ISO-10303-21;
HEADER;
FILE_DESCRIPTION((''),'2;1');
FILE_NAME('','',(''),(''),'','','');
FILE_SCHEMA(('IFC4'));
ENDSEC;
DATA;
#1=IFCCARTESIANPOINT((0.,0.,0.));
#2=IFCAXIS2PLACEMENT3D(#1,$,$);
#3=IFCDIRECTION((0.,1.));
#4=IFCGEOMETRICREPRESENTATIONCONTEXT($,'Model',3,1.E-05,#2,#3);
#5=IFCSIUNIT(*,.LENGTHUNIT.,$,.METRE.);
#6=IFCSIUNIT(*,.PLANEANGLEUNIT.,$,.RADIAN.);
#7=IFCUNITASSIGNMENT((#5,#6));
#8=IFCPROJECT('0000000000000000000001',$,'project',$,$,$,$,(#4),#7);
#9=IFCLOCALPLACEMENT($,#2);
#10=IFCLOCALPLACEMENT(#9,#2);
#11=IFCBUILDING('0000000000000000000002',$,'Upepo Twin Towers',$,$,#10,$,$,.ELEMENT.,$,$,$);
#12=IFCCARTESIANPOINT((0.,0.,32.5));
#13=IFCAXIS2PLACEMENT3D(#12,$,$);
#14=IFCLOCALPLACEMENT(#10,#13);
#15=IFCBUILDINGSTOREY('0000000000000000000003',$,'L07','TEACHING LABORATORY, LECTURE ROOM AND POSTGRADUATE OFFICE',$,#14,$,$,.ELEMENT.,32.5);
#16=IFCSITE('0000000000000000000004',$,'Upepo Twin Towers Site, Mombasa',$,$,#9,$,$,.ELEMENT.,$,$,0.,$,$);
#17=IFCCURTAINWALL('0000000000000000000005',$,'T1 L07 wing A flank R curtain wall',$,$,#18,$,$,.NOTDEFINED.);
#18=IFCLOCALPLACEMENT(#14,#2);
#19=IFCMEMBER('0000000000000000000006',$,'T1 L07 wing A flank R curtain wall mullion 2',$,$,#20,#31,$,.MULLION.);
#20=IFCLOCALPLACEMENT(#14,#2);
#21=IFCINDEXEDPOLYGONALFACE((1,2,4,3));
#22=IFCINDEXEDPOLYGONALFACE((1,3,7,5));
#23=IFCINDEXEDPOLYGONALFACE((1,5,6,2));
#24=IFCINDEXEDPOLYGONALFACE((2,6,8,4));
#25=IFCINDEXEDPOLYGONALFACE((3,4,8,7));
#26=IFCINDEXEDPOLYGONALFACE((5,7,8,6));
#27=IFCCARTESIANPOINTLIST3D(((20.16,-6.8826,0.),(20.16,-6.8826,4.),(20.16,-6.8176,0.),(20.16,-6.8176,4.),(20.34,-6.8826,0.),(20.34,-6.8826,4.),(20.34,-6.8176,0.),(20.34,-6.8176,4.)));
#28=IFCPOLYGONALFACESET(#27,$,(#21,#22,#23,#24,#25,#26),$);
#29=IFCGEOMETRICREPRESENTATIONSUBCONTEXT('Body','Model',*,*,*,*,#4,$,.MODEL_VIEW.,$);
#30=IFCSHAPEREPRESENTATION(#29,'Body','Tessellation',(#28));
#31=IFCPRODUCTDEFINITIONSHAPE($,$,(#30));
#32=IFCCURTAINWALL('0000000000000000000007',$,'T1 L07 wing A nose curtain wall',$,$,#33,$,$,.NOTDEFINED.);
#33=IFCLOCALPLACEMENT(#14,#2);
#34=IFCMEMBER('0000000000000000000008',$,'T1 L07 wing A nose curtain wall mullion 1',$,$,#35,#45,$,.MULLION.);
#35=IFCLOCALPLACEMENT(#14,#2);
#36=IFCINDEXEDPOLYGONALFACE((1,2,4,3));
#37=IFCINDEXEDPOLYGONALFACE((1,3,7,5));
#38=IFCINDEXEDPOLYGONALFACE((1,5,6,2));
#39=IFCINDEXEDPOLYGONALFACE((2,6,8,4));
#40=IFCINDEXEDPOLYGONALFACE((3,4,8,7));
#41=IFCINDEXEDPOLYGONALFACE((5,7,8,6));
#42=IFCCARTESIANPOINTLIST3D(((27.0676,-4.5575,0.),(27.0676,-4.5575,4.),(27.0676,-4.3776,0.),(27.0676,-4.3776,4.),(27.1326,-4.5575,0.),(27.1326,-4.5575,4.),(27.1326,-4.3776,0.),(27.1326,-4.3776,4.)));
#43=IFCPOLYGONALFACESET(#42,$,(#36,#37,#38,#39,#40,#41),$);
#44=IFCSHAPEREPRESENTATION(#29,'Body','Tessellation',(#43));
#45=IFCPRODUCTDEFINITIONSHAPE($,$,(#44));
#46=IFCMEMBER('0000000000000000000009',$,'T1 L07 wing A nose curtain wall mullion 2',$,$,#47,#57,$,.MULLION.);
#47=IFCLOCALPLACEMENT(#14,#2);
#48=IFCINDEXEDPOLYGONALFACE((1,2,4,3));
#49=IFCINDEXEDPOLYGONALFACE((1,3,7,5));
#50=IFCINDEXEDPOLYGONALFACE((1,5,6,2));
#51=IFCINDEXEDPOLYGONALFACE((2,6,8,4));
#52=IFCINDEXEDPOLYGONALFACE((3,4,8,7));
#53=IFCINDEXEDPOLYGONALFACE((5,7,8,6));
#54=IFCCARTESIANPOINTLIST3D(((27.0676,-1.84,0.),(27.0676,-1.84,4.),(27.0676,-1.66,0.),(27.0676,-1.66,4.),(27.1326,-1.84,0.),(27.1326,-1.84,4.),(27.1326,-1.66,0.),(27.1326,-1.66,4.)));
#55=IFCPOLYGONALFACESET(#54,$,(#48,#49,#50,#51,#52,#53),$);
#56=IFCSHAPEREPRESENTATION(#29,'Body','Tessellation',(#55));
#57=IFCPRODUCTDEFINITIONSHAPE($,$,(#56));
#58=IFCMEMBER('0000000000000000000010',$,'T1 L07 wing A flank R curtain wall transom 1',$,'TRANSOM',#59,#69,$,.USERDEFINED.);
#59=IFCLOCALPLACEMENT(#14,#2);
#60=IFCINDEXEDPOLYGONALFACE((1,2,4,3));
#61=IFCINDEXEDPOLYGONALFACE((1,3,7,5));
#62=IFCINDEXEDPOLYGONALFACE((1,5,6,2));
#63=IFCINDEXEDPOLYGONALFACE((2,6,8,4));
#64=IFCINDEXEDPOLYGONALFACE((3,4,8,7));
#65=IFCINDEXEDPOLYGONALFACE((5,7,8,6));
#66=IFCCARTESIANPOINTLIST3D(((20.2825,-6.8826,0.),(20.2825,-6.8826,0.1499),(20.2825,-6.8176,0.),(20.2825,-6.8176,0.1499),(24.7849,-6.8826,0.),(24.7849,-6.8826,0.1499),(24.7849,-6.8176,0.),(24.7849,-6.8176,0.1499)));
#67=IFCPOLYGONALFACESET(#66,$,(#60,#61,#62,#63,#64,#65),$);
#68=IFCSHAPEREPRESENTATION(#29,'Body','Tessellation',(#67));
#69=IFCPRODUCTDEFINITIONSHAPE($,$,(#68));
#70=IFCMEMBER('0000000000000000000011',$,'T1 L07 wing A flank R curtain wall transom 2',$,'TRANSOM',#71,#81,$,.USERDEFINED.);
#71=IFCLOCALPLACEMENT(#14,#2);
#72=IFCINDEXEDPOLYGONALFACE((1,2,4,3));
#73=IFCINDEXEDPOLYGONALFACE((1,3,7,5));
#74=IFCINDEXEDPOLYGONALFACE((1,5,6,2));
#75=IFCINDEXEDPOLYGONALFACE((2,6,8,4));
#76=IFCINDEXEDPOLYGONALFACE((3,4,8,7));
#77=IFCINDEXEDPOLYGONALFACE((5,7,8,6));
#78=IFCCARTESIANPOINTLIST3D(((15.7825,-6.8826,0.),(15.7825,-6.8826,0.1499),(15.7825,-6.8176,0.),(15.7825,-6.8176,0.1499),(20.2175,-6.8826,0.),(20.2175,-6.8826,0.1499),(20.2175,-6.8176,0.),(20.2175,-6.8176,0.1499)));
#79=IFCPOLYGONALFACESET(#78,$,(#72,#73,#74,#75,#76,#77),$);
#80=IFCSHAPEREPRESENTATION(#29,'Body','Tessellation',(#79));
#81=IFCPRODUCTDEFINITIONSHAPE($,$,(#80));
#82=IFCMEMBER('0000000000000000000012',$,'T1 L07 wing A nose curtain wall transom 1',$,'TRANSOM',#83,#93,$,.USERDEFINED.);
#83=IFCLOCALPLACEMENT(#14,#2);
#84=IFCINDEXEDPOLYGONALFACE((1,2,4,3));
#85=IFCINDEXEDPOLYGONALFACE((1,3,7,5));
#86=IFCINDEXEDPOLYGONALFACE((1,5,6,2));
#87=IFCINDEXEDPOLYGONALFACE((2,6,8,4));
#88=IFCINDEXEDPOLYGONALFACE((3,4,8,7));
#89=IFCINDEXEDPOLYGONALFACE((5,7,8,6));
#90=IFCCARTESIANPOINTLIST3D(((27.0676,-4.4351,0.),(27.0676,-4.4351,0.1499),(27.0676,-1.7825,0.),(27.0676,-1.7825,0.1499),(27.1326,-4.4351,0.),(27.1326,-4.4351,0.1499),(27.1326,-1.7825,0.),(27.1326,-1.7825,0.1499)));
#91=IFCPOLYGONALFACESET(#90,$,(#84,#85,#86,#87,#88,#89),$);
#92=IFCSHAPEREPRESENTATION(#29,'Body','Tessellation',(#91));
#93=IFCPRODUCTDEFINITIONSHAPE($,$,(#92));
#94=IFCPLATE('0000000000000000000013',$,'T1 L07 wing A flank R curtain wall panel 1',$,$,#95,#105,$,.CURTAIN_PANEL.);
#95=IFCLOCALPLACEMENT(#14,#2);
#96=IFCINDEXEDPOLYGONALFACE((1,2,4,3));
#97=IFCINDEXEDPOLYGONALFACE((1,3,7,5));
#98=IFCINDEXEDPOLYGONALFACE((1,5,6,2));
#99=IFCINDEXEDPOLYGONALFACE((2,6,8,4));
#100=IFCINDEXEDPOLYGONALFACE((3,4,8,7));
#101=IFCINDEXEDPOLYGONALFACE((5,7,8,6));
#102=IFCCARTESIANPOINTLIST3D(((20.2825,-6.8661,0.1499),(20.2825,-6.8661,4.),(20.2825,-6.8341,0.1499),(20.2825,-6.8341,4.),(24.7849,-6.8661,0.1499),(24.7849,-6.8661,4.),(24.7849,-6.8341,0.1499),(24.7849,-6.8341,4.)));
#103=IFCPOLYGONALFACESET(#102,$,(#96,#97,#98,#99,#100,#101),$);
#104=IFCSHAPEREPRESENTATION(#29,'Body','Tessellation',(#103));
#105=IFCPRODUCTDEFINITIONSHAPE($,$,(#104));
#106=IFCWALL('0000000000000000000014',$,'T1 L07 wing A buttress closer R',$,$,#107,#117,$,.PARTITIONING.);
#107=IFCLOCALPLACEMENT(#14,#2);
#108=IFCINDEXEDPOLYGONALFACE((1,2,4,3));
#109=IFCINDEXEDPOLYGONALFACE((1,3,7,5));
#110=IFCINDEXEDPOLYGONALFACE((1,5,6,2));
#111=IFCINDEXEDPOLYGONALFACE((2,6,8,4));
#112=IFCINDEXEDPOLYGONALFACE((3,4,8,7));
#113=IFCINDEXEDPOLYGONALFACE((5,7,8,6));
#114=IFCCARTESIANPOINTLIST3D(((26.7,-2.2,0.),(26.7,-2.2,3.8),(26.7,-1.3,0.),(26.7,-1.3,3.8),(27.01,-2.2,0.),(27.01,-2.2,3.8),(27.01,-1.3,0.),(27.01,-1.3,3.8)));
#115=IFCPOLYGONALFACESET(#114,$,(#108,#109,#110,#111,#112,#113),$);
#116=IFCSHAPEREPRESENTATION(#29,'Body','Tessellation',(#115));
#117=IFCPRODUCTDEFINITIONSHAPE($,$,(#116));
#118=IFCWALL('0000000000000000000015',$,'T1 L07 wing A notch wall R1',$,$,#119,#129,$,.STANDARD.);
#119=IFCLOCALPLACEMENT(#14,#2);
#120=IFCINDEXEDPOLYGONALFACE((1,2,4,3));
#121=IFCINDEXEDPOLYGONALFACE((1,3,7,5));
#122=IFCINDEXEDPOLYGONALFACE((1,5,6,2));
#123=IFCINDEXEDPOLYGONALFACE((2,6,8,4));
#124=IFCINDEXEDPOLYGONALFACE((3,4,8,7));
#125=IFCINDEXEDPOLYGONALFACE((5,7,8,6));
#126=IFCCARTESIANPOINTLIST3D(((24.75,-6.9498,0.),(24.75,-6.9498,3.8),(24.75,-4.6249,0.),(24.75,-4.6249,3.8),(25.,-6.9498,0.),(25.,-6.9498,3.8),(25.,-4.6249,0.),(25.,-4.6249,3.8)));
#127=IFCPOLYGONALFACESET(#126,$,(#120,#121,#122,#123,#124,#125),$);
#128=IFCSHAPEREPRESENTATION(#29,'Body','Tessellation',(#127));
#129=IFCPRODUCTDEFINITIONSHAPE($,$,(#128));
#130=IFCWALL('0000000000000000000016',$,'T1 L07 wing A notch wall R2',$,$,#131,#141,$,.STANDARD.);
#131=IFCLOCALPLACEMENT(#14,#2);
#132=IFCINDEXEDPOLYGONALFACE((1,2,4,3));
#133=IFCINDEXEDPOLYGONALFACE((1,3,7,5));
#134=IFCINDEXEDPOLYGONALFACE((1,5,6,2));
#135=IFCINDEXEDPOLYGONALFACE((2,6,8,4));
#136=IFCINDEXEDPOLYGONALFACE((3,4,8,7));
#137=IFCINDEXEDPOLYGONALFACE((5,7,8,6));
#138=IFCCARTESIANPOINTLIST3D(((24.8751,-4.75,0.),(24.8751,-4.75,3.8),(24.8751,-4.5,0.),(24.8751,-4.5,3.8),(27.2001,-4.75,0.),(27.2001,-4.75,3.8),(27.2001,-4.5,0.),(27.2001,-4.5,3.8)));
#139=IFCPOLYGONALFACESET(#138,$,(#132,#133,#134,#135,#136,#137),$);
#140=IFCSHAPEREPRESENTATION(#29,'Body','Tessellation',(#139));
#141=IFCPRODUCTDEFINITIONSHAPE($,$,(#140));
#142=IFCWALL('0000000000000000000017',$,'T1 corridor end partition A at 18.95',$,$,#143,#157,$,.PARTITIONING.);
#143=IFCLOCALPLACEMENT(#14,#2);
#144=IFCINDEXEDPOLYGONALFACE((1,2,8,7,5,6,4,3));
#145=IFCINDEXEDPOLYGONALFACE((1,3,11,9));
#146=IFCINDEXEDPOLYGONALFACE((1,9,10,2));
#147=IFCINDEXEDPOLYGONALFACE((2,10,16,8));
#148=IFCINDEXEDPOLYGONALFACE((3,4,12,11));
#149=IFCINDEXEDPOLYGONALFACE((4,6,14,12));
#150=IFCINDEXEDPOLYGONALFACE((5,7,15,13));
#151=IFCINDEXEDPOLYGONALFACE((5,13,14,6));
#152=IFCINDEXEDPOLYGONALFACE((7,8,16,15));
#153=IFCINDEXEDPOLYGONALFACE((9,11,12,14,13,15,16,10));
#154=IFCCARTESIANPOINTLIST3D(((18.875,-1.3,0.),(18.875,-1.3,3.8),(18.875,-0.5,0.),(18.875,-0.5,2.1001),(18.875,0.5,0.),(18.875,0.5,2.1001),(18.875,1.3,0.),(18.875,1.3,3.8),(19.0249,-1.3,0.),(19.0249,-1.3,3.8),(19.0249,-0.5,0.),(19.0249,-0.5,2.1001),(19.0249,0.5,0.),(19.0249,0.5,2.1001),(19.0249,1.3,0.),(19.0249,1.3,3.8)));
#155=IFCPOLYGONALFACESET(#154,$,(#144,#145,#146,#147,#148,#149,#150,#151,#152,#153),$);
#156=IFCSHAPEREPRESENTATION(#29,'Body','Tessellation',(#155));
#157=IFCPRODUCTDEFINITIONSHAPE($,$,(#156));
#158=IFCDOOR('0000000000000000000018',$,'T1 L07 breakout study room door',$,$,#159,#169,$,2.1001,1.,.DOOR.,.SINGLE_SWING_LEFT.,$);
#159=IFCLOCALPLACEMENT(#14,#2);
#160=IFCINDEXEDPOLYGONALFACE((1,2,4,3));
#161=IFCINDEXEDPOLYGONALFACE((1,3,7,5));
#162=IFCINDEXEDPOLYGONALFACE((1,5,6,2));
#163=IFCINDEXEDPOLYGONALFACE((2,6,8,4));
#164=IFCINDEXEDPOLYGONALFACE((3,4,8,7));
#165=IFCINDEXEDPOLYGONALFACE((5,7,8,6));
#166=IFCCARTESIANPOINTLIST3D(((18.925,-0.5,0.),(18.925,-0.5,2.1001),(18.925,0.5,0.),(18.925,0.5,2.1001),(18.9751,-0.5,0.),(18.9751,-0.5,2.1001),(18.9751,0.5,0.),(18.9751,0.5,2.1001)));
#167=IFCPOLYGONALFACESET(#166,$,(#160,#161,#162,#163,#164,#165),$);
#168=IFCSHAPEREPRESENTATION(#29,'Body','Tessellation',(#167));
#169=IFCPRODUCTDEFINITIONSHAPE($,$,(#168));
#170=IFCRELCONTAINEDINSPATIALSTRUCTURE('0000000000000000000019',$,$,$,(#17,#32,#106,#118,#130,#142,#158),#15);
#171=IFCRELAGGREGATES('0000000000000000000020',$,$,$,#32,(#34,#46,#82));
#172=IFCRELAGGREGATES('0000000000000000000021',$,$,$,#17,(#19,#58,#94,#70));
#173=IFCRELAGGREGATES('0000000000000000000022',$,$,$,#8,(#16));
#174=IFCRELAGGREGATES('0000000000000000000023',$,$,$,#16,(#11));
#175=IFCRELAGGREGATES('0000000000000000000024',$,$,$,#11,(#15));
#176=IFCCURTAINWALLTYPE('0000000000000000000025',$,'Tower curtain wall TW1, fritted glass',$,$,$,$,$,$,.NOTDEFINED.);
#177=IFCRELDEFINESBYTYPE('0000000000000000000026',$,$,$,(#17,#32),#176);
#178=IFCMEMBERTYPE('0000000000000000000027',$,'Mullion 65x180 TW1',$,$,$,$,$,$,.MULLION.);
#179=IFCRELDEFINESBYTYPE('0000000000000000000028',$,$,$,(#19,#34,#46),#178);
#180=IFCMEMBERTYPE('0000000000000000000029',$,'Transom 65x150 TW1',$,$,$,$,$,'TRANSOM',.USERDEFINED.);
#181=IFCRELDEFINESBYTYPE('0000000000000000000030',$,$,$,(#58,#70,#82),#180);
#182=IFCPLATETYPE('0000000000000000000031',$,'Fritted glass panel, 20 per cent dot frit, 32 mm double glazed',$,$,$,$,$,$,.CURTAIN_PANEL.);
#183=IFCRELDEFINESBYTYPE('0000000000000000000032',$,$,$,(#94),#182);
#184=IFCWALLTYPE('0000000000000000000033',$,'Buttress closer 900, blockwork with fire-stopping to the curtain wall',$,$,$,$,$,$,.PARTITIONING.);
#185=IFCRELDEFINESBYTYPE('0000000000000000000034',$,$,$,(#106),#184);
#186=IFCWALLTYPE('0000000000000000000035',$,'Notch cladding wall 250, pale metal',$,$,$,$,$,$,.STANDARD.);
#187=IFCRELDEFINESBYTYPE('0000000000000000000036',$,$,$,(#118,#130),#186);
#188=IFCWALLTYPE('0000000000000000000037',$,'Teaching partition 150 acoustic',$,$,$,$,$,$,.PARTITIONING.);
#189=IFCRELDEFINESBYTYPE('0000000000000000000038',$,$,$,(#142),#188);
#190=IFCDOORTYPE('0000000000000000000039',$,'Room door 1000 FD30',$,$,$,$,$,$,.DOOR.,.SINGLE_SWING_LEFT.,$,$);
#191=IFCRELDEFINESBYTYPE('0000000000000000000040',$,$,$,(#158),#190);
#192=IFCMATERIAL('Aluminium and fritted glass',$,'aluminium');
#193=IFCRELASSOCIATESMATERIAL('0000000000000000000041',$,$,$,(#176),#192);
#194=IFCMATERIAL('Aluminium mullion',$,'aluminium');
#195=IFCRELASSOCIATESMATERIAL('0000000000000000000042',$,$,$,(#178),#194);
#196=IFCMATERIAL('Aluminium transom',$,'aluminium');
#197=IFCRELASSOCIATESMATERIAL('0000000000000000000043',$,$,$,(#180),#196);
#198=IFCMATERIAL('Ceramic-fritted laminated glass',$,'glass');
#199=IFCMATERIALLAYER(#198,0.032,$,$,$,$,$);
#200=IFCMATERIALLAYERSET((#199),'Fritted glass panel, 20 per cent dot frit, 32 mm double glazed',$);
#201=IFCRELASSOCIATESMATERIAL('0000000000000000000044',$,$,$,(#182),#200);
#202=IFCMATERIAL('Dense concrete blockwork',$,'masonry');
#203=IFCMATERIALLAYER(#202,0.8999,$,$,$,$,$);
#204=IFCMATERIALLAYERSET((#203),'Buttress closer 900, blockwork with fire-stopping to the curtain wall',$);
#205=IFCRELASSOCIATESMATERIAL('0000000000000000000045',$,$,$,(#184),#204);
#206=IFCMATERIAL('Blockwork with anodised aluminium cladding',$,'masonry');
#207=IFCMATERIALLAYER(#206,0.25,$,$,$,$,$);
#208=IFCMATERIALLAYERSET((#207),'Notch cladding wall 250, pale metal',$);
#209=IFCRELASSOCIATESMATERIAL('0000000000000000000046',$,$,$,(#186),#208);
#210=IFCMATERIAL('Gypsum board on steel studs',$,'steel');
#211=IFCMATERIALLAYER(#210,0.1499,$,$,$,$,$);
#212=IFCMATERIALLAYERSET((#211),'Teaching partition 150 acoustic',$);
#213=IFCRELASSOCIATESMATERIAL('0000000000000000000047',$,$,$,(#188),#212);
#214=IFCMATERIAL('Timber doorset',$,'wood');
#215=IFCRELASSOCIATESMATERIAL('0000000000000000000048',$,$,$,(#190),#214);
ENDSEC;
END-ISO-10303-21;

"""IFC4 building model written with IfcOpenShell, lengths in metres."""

from ifc_helpers import new_model, si_unit, direction, frame, frame_2d, origin, origin_2d, place, context, subcontext, project, spatial, rectangle, extrude, material, layer, layer_set, material_profile, profile_set, type_object, element, fill, aggregate, save


model = new_model("IFC4")

# Units and contexts
model_context = context("Model", 3, precision=1e-05, world=origin(), true_north=direction((0.0, 1.0)))
body_context = subcontext(model_context, "Body", "Model", "MODEL_VIEW")
ifc_project = project(units=[si_unit("LENGTHUNIT", "METRE"), si_unit("PLANEANGLEUNIT", "RADIAN")], contexts=[model_context])

# Site, building, storey
site_placement = place(None, origin())
site = spatial("IfcSite", under=ifc_project, at=site_placement, Name="Upepo Twin Towers Site, Mombasa", CompositionType="ELEMENT", RefElevation=0.0)
building_placement = place(site_placement, origin())
building = spatial("IfcBuilding", under=site, at=building_placement, Name="Upepo Twin Towers", CompositionType="ELEMENT")
storey_placement = place(building_placement, frame((0.0, 0.0, 32.5)))
storey = spatial("IfcBuildingStorey", under=building, at=storey_placement, Name="L07", Description="TEACHING LABORATORY, LECTURE ROOM AND POSTGRADUATE OFFICE", CompositionType="ELEMENT", Elevation=32.5)

# Curtain walls, members
ifc_material_1 = material(Name="Aluminium and fritted glass", Category="aluminium")
curtain_wall_type = type_object("IfcCurtainWallType", Name="Tower curtain wall TW1, fritted glass", PredefinedType="NOTDEFINED", material=ifc_material_1)
curtain_wall_1_placement = place(storey_placement, origin())
curtain_wall_1 = element("IfcCurtainWall", 1, at=curtain_wall_1_placement, inside=storey, type_object=curtain_wall_type, Name="T1 L07 wing A flank R curtain wall", PredefinedType="NOTDEFINED")
ifc_material_2 = material(Name="Aluminium mullion", Category="aluminium")
ifc_material_profile_1 = material_profile(ifc_material_2, rectangle(XDim=0.0649, YDim=0.1799, at=origin_2d()), Name="MULLION 65x180")
ifc_profile_set_1 = profile_set([ifc_material_profile_1], Name="Aluminium mullion")
member_type_1 = type_object("IfcMemberType", Name="Mullion 65x180 TW1", PredefinedType="MULLION", material=ifc_profile_set_1)
member_1_placement = place(storey_placement, frame((20.25, -6.8501, 0.0), z_axis=(0.0, 0.0, 1.0), x_axis=(0.0, -1.0, 0.0)))
member_1 = element("IfcMember", 2, at=member_1_placement, type_object=member_type_1, Name="T1 L07 wing A flank R curtain wall mullion 2", PredefinedType="MULLION", context=body_context, shape_type="SweptSolid", body=[
    extrude(rectangle(XDim=0.0649, YDim=0.1799, at=origin_2d()), origin(), (0.0, 0.0, 1.0), 4.0),
])
curtain_wall_2_placement = place(storey_placement, origin())
curtain_wall_2 = element("IfcCurtainWall", 3, at=curtain_wall_2_placement, inside=storey, type_object=curtain_wall_type, Name="T1 L07 wing A nose curtain wall", PredefinedType="NOTDEFINED")
member_2_placement = place(storey_placement, frame((27.1001, -4.4675, 0.0), z_axis=(0.0, 0.0, 1.0), x_axis=(-1.0, 0.0, 0.0)))
member_2 = element("IfcMember", 4, at=member_2_placement, type_object=member_type_1, Name="T1 L07 wing A nose curtain wall mullion 1", PredefinedType="MULLION", context=body_context, shape_type="SweptSolid", body=[
    extrude(rectangle(XDim=0.0649, YDim=0.1799, at=origin_2d()), origin(), (0.0, 0.0, 1.0), 4.0),
])
member_3_placement = place(storey_placement, frame((27.1001, -1.75, 0.0), z_axis=(0.0, 0.0, 1.0), x_axis=(-1.0, 0.0, 0.0)))
member_3 = element("IfcMember", 5, at=member_3_placement, type_object=member_type_1, Name="T1 L07 wing A nose curtain wall mullion 2", PredefinedType="MULLION", context=body_context, shape_type="SweptSolid", body=[
    extrude(rectangle(XDim=0.0649, YDim=0.1799, at=origin_2d()), origin(), (0.0, 0.0, 1.0), 4.0),
])

# Members
ifc_material_3 = material(Name="Aluminium transom", Category="aluminium")
ifc_material_profile_2 = material_profile(ifc_material_3, rectangle(XDim=0.0649, YDim=0.1499, at=origin_2d()), Name="TRANSOM 65x150")
ifc_profile_set_2 = profile_set([ifc_material_profile_2], Name="Aluminium transom")
member_type_2 = type_object("IfcMemberType", Name="Transom 65x150 TW1", ElementType="TRANSOM", PredefinedType="USERDEFINED", material=ifc_profile_set_2)
member_4_placement = place(storey_placement, frame((24.7849, -6.8501, 0.075), z_axis=(-1.0, 0.0, 0.0), x_axis=(0.0, -1.0, 0.0)))
member_4 = element("IfcMember", 6, at=member_4_placement, type_object=member_type_2, Name="T1 L07 wing A flank R curtain wall transom 1", ObjectType="TRANSOM", PredefinedType="USERDEFINED", context=body_context, shape_type="SweptSolid", body=[
    extrude(rectangle(XDim=0.0649, YDim=0.1499, at=origin_2d()), origin(), (0.0, 0.0, 1.0), 4.5024),
])
member_5_placement = place(storey_placement, frame((20.2175, -6.8501, 0.075), z_axis=(-1.0, 0.0, 0.0), x_axis=(0.0, -1.0, 0.0)))
member_5 = element("IfcMember", 7, at=member_5_placement, type_object=member_type_2, Name="T1 L07 wing A flank R curtain wall transom 2", ObjectType="TRANSOM", PredefinedType="USERDEFINED", context=body_context, shape_type="SweptSolid", body=[
    extrude(rectangle(XDim=0.0649, YDim=0.1499, at=origin_2d()), origin(), (0.0, 0.0, 1.0), 4.4351),
])
member_6_placement = place(storey_placement, frame((27.1001, -4.4351, 0.075), z_axis=(0.0, 1.0, 0.0), x_axis=(-1.0, 0.0, 0.0)))
member_6 = element("IfcMember", 8, at=member_6_placement, type_object=member_type_2, Name="T1 L07 wing A nose curtain wall transom 1", ObjectType="TRANSOM", PredefinedType="USERDEFINED", context=body_context, shape_type="SweptSolid", body=[
    extrude(rectangle(XDim=0.0649, YDim=0.1499, at=origin_2d()), origin(), (0.0, 0.0, 1.0), 2.6526),
])
aggregate(curtain_wall_2, [member_2, member_3, member_6])

# Plate
ifc_material_4 = material(Name="Ceramic-fritted laminated glass", Category="glass")
ifc_layer_1 = layer(ifc_material_4, 0.032)
ifc_layer_set_1 = layer_set([ifc_layer_1], Name="Fritted glass panel, 20 per cent dot frit, 32 mm double glazed")
plate_type = type_object("IfcPlateType", Name="Fritted glass panel, 20 per cent dot frit, 32 mm double glazed", PredefinedType="CURTAIN_PANEL", material=ifc_layer_set_1)
plate_placement = place(storey_placement, frame((22.5337, -6.8501, 0.1499), z_axis=(0.0, 0.0, 1.0), x_axis=(-1.0, 0.0, 0.0)))
plate = element("IfcPlate", 9, at=plate_placement, type_object=plate_type, Name="T1 L07 wing A flank R curtain wall panel 1", PredefinedType="CURTAIN_PANEL", context=body_context, shape_type="SweptSolid", body=[
    extrude(rectangle(XDim=4.5024, YDim=0.032, at=origin_2d()), origin(), (0.0, 0.0, 1.0), 3.8501),
])
aggregate(curtain_wall_1, [member_1, member_4, plate, member_5])

# Walls
ifc_material_5 = material(Name="Dense concrete blockwork", Category="masonry")
ifc_layer_2 = layer(ifc_material_5, 0.8999)
ifc_layer_set_2 = layer_set([ifc_layer_2], Name="Buttress closer 900, blockwork with fire-stopping to the curtain wall")
wall_type_1 = type_object("IfcWallType", Name="Buttress closer 900, blockwork with fire-stopping to the curtain wall", PredefinedType="PARTITIONING", material=ifc_layer_set_2)
wall_1_placement = place(storey_placement, frame((26.7, -1.75, 0.0), z_axis=(0.0, 0.0, 1.0), x_axis=(1.0, 0.0, 0.0)))
element("IfcWall", 10, at=wall_1_placement, inside=storey, type_object=wall_type_1, Name="T1 L07 wing A buttress closer R", PredefinedType="PARTITIONING", context=body_context, shape_type="SweptSolid", body=[
    extrude(rectangle(XDim=0.3101, YDim=0.8999, at=frame_2d((0.155, 0.0))), origin(), (0.0, 0.0, 1.0), 3.8),
])
ifc_material_6 = material(Name="Blockwork with anodised aluminium cladding", Category="masonry")
ifc_layer_3 = layer(ifc_material_6, 0.25)
ifc_layer_set_3 = layer_set([ifc_layer_3], Name="Notch cladding wall 250, pale metal")
wall_type_2 = type_object("IfcWallType", Name="Notch cladding wall 250, pale metal", PredefinedType="STANDARD", material=ifc_layer_set_3)
for number, where, z_axis, x_axis, name in (
    (11, (24.875, -6.95, 0.0), (0.0, 0.0, 1.0), (0.0, 1.0, 0.0), "T1 L07 wing A notch wall R1"),
    (12, (24.875, -4.625, 0.0), (0.0, 0.0, 1.0), (1.0, 0.0, 0.0), "T1 L07 wing A notch wall R2"),
):
    element("IfcWall", number, at=place(storey_placement, frame(where, z_axis=z_axis, x_axis=x_axis)), inside=storey, type_object=wall_type_2, Name=name, PredefinedType="STANDARD", context=body_context, shape_type="SweptSolid", body=[
        extrude(rectangle(XDim=2.325, YDim=0.25, at=frame_2d((1.1626, 0.0))), origin(), (0.0, 0.0, 1.0), 3.8),
    ])

# Wall, opening, door
ifc_material_7 = material(Name="Gypsum board on steel studs", Category="steel")
ifc_layer_4 = layer(ifc_material_7, 0.1499)
ifc_layer_set_4 = layer_set([ifc_layer_4], Name="Teaching partition 150 acoustic")
wall_type_3 = type_object("IfcWallType", Name="Teaching partition 150 acoustic", PredefinedType="PARTITIONING", material=ifc_layer_set_4)
wall_2_placement = place(storey_placement, frame((18.95, -1.3, 0.0), z_axis=(0.0, 0.0, 1.0), x_axis=(0.0, 1.0, 0.0)))
wall_2 = element("IfcWall", 13, at=wall_2_placement, inside=storey, type_object=wall_type_3, Name="T1 corridor end partition A at 18.95", PredefinedType="PARTITIONING", context=body_context, shape_type="SweptSolid", body=[
    extrude(rectangle(XDim=2.6001, YDim=0.1499, at=frame_2d((1.3, 0.0))), origin(), (0.0, 0.0, 1.0), 3.8),
])
opening_placement = place(wall_2_placement, frame((0.8, 0.0, 0.0)))
opening = element("IfcOpeningElement", 14, at=opening_placement, cuts=wall_2, PredefinedType="OPENING", context=body_context, shape_type="SweptSolid", body=[
    extrude(rectangle(XDim=1.0, YDim=2.1001, at=frame_2d((0.5, 1.05))), frame((0.0, 0.085, 0.0), z_axis=(0.0, -1.0, 0.0), x_axis=(1.0, 0.0, 0.0)), (0.0, 0.0, 1.0), 0.1699),
])
ifc_material_8 = material(Name="Timber doorset", Category="wood")
door_type = type_object("IfcDoorType", Name="Room door 1000 FD30", OperationType="SINGLE_SWING_LEFT", PredefinedType="DOOR", material=ifc_material_8)
door_placement = place(opening_placement, origin())
door = element("IfcDoor", 15, at=door_placement, inside=storey, type_object=door_type, Name="T1 L07 breakout study room door", OperationType="SINGLE_SWING_LEFT", OverallHeight=2.1001, OverallWidth=1.0, PredefinedType="DOOR", context=body_context, shape_type="SweptSolid", body=[
    extrude(rectangle(XDim=1.0, YDim=2.1001, at=frame_2d((0.5, 1.05))), frame((0.0, 0.0249, 0.0), z_axis=(0.0, -1.0, 0.0), x_axis=(1.0, 0.0, 0.0)), (0.0, 0.0, 1.0), 0.05),
])
fill(opening, door)

save(model, "model.ifc")
